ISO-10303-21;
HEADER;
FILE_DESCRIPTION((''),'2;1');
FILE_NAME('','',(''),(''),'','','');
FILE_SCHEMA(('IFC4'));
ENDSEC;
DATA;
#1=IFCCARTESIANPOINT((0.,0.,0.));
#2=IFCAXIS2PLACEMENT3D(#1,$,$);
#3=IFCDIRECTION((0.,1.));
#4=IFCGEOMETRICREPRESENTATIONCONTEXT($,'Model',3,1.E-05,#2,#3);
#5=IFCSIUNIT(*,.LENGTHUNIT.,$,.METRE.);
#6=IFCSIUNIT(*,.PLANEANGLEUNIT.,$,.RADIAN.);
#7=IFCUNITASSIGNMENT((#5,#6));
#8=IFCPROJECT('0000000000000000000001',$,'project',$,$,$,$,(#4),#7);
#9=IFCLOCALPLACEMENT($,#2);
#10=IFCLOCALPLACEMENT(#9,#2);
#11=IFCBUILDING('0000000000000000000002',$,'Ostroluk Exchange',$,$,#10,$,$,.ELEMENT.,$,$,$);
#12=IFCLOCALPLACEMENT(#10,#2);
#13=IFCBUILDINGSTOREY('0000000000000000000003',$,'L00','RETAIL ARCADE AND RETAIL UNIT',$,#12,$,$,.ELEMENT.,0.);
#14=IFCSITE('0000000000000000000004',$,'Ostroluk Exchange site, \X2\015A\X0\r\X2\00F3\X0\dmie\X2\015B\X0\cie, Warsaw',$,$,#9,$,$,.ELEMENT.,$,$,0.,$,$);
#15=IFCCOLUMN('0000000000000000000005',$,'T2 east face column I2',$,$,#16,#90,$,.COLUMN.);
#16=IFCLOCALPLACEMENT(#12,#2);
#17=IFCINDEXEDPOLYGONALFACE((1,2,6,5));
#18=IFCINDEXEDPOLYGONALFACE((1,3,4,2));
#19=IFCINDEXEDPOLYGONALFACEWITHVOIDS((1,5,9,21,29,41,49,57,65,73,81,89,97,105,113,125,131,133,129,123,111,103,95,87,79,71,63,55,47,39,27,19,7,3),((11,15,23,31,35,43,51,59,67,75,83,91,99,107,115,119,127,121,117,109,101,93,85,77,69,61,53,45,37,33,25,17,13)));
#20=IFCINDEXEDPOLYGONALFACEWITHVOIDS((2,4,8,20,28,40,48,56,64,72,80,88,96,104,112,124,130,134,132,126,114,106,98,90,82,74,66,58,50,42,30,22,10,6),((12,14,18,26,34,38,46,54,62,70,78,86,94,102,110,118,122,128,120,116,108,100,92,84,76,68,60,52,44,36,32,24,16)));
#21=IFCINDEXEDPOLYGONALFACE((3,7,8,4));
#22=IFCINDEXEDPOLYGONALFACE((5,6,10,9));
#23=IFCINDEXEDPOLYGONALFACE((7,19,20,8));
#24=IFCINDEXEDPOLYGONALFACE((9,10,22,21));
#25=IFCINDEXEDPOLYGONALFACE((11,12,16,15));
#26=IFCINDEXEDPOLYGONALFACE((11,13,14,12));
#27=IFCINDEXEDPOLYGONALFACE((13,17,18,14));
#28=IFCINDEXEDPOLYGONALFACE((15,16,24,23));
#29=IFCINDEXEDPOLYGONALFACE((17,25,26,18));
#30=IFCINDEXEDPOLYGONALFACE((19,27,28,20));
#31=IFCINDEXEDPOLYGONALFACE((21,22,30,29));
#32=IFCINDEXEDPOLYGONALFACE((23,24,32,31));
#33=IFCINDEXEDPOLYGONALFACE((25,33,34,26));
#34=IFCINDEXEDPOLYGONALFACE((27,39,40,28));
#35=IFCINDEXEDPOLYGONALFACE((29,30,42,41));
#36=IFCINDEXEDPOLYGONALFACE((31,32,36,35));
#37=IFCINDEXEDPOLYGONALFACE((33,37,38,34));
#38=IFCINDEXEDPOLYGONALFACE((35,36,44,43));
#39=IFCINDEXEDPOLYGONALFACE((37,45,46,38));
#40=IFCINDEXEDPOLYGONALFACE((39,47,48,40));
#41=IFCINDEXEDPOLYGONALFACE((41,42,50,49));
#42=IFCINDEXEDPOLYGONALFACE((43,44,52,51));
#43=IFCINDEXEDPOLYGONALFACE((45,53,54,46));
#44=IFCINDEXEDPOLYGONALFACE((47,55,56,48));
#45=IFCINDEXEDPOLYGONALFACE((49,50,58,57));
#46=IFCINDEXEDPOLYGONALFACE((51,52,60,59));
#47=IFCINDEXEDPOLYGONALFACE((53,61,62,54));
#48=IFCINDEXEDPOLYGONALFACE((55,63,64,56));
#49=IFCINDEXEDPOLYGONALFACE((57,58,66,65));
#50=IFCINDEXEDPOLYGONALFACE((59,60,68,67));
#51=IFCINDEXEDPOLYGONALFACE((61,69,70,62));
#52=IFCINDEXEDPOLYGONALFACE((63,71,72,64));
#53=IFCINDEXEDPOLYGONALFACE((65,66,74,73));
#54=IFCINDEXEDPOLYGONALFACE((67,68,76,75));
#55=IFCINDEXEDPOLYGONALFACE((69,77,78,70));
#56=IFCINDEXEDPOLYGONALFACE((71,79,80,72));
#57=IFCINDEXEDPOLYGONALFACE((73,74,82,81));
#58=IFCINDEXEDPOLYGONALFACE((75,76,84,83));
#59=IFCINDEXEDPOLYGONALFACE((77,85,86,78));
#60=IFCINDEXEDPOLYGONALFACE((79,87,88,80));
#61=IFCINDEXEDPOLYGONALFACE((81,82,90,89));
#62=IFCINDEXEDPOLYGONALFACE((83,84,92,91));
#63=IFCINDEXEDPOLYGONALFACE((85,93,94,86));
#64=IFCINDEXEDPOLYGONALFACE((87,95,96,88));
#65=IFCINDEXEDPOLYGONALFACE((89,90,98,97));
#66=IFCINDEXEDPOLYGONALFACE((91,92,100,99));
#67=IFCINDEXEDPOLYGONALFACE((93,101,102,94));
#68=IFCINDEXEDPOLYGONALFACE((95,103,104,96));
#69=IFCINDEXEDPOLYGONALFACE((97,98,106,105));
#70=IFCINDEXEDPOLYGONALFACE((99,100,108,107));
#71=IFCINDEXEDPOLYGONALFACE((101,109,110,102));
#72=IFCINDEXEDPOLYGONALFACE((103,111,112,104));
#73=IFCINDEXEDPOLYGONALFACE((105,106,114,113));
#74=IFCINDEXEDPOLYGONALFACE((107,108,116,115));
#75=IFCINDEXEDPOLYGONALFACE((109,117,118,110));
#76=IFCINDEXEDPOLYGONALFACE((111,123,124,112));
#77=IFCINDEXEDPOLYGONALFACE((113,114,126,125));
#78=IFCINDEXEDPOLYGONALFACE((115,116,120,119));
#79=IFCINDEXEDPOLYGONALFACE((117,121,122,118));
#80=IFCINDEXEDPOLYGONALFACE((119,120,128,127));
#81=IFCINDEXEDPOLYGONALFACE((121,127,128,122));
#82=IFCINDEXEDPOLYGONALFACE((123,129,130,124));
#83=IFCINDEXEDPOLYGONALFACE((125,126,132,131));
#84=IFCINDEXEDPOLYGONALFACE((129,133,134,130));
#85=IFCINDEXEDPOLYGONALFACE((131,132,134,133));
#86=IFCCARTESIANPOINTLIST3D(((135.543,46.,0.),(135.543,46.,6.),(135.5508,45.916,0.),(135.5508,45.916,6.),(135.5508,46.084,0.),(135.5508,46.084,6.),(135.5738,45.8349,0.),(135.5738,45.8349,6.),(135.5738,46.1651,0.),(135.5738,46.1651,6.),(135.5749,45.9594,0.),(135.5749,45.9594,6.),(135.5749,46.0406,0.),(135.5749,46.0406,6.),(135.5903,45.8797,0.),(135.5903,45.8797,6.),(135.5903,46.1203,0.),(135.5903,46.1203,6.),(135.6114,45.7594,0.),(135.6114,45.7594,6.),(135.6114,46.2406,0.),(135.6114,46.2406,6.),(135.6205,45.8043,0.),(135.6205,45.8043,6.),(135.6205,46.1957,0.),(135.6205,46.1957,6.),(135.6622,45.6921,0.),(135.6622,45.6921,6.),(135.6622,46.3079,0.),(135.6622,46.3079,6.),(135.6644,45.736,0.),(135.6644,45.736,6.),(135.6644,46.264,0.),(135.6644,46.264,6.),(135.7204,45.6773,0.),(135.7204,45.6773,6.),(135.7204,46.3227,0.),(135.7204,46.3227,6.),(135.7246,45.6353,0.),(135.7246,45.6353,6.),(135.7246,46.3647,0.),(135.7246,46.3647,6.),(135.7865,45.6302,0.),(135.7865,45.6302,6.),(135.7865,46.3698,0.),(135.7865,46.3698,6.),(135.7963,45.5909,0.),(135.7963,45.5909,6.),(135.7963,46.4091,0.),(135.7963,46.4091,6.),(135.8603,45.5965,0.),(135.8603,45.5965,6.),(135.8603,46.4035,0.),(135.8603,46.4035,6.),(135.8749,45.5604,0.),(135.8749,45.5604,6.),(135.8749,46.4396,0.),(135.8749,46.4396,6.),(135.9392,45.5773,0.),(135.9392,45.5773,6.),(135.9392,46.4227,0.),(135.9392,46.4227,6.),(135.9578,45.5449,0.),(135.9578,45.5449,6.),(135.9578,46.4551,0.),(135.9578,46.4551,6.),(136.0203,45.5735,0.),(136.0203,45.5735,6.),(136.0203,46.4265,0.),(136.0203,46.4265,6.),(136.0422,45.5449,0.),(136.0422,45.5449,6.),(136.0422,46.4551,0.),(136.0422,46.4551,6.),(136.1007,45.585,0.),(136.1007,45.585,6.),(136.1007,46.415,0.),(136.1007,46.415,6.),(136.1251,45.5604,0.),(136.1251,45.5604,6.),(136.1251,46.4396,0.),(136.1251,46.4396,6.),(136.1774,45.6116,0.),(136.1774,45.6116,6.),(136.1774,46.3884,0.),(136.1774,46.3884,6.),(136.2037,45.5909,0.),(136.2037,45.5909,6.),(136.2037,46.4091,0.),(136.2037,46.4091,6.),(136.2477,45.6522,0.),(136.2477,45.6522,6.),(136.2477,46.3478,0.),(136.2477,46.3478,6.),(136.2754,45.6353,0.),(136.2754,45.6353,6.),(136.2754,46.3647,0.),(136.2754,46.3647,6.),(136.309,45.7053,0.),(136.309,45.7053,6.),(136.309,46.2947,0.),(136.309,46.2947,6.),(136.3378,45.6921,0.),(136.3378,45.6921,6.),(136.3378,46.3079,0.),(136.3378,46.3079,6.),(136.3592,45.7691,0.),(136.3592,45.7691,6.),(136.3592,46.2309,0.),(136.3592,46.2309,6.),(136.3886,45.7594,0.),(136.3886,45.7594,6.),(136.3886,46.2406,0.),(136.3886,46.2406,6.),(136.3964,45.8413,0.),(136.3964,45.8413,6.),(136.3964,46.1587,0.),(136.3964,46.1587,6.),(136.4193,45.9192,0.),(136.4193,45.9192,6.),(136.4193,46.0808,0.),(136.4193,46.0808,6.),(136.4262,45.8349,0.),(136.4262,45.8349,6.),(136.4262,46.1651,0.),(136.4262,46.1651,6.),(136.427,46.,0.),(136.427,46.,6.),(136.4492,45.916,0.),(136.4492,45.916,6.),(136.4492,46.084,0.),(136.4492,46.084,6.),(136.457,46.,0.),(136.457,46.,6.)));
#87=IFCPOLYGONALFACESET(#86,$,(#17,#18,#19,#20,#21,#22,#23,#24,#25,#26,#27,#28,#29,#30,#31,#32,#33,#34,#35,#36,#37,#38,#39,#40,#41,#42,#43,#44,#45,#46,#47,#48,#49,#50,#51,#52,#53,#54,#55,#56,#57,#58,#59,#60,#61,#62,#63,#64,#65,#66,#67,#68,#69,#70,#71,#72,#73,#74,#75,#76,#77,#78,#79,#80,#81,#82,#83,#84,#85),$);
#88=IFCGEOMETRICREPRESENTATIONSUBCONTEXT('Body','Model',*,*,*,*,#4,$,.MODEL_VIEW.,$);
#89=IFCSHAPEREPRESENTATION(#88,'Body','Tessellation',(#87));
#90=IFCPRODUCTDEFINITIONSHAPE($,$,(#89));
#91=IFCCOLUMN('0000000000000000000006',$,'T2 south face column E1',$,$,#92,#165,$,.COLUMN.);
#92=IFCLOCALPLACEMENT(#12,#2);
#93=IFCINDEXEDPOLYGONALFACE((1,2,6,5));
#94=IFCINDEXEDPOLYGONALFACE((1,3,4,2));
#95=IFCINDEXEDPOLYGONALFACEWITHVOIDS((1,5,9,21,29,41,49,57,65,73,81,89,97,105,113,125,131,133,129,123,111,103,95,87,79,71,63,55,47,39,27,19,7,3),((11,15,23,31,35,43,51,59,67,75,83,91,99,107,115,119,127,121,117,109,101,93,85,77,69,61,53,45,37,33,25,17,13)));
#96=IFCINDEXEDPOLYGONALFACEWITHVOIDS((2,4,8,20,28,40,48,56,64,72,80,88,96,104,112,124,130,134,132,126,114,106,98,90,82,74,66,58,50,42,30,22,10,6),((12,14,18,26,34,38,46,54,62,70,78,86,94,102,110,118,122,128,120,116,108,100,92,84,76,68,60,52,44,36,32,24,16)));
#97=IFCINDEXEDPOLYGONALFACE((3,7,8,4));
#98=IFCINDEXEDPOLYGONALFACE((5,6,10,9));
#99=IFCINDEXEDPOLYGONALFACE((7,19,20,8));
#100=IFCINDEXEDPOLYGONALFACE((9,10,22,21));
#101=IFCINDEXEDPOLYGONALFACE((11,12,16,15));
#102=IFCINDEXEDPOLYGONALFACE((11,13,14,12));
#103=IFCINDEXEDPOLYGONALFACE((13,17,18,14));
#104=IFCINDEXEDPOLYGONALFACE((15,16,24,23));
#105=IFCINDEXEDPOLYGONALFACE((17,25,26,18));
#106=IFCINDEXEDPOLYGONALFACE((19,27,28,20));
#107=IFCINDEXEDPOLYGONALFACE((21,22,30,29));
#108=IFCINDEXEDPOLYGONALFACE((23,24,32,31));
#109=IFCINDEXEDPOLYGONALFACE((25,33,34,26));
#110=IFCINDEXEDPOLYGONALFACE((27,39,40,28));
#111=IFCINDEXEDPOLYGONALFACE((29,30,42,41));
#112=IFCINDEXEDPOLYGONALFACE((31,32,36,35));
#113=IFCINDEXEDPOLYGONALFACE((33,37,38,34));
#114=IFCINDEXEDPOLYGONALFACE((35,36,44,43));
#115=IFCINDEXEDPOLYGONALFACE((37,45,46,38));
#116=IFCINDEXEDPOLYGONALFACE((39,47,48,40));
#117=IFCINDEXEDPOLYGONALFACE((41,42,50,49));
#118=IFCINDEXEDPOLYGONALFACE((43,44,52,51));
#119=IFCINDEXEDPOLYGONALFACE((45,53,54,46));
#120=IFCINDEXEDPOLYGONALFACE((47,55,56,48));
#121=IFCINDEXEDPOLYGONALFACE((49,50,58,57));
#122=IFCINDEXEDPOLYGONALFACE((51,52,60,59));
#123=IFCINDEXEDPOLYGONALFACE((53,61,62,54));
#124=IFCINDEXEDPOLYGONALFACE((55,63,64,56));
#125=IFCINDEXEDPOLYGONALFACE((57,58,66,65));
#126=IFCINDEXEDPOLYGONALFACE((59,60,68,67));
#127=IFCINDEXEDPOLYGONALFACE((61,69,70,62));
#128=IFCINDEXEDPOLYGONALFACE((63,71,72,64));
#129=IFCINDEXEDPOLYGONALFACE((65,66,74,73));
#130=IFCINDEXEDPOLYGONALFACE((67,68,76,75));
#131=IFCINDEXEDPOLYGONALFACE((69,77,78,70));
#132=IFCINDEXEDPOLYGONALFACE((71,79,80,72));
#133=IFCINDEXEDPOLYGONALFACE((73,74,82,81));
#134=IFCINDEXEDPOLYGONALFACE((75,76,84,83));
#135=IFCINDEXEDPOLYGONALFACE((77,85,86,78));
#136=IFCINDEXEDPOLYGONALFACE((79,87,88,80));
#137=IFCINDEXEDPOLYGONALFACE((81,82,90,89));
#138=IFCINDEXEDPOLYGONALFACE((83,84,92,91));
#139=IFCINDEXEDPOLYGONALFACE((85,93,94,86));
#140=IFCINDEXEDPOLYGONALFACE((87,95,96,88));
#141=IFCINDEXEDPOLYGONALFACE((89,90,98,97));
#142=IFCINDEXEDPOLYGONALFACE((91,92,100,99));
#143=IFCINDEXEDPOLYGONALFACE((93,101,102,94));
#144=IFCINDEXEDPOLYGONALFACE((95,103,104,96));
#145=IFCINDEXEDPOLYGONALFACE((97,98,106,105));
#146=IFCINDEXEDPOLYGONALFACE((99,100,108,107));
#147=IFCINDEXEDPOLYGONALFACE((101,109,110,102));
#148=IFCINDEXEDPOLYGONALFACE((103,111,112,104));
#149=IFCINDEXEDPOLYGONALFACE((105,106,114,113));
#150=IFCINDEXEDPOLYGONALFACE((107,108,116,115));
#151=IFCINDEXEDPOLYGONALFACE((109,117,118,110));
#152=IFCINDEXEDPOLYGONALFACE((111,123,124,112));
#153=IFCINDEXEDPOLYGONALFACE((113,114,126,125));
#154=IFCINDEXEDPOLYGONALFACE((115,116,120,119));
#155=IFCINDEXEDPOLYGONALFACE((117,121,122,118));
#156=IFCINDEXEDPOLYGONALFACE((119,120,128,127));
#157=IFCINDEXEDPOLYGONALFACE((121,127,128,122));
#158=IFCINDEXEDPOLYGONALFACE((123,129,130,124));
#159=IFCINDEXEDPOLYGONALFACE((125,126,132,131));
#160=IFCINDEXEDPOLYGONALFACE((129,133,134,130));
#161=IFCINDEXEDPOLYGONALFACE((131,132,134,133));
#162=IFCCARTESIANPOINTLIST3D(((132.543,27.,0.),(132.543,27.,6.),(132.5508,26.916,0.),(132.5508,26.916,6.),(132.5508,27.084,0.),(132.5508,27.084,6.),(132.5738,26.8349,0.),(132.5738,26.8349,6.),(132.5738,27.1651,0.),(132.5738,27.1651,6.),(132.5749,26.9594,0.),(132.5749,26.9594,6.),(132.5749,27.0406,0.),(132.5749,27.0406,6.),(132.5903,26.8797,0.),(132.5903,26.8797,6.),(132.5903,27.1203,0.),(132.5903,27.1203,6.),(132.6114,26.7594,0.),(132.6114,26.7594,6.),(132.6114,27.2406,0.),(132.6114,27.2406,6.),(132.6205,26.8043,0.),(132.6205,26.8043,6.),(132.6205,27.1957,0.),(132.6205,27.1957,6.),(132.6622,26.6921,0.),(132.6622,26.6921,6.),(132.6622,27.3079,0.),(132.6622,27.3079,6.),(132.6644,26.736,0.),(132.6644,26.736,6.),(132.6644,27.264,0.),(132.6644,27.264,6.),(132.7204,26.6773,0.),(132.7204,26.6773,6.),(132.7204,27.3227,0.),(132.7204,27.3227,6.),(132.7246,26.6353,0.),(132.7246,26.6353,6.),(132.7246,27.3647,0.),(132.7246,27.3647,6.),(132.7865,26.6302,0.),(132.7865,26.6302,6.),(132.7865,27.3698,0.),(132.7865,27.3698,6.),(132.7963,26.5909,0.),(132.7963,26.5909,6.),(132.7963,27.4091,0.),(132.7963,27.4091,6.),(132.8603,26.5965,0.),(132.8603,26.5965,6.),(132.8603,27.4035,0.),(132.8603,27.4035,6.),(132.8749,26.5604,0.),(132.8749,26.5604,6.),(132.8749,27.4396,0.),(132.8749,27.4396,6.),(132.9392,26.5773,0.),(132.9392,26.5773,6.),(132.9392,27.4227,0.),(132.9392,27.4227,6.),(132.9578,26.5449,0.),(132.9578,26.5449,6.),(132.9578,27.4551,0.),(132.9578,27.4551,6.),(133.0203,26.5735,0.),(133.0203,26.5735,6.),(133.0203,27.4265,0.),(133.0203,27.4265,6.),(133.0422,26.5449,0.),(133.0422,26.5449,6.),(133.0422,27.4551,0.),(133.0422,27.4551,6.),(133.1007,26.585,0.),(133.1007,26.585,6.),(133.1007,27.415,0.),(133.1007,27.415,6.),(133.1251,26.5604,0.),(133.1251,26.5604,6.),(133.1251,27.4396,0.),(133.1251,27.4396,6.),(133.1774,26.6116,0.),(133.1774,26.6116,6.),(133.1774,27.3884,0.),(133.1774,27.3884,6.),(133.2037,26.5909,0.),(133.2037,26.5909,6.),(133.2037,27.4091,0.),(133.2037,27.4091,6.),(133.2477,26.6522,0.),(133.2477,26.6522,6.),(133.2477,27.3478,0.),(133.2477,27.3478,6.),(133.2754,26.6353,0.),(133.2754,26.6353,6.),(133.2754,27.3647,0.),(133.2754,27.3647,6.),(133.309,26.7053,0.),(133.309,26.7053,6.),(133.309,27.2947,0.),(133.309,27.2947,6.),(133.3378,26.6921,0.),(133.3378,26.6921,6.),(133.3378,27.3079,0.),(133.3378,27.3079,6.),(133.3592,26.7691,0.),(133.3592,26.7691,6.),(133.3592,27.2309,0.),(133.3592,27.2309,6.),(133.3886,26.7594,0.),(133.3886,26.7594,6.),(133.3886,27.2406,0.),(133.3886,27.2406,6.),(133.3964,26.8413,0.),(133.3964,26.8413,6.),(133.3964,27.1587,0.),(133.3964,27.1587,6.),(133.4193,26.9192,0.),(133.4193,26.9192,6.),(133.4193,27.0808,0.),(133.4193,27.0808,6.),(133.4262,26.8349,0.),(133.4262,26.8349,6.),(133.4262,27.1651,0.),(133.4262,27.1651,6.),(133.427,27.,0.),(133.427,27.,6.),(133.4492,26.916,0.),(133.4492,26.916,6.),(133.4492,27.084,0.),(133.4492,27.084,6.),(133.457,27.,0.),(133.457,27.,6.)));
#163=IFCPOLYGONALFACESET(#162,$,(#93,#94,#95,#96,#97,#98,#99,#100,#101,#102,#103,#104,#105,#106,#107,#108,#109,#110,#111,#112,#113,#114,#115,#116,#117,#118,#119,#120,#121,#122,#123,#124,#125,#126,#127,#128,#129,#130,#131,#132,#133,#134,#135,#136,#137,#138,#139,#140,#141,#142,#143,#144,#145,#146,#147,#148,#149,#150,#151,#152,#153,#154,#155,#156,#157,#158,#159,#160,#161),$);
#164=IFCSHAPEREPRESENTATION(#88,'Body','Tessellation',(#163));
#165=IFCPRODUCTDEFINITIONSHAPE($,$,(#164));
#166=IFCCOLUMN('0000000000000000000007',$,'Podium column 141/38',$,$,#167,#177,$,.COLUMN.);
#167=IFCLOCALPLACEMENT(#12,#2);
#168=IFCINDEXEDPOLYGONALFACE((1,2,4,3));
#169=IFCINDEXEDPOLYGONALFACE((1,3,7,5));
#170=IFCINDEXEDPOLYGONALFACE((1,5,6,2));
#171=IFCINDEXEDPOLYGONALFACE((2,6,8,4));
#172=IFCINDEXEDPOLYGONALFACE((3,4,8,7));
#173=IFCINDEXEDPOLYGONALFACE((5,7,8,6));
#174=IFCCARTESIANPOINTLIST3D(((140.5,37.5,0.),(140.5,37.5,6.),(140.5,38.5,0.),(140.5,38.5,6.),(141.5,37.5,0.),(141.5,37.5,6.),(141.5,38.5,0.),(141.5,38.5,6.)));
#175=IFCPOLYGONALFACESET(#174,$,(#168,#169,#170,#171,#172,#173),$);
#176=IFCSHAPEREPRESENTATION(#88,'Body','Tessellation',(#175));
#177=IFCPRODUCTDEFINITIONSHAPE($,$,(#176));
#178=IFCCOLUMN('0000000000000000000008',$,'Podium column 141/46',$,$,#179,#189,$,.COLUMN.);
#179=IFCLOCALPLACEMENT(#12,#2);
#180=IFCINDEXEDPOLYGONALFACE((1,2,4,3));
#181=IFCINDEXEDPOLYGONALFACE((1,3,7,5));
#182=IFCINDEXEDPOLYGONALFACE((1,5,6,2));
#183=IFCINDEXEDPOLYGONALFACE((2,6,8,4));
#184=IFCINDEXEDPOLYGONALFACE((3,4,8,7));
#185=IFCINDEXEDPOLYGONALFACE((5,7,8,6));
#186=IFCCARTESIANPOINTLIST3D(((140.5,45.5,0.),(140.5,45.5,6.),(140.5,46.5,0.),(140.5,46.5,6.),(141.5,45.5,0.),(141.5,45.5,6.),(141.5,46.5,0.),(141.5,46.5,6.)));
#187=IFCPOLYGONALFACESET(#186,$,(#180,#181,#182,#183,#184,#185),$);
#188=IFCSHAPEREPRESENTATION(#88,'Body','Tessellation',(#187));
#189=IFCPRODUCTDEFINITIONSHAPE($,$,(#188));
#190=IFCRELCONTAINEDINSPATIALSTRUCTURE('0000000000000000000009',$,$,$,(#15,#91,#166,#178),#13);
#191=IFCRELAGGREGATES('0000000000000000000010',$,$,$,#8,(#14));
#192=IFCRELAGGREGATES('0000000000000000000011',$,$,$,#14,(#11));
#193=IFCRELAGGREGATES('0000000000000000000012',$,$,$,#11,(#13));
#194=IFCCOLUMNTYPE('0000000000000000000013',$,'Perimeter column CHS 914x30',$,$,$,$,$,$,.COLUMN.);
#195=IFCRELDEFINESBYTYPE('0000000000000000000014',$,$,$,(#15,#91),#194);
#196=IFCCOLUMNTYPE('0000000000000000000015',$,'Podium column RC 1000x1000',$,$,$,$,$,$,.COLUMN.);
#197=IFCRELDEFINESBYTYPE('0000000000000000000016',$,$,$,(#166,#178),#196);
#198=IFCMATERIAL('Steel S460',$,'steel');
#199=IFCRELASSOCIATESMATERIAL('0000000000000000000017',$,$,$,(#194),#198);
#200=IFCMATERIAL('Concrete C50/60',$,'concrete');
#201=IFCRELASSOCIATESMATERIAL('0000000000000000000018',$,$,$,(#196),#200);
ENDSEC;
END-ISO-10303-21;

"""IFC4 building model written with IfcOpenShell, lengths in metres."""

from ifc_helpers import new_model, si_unit, direction, frame, origin, origin_2d, place, context, subcontext, project, spatial, rectangle, hollow_circle, extrude, material, material_profile, profile_set, type_object, element, save


model = new_model("IFC4")

# Units and contexts
model_context = context("Model", 3, precision=1e-05, world=origin(), true_north=direction((0.0, 1.0)))
body_context = subcontext(model_context, "Body", "Model", "MODEL_VIEW")
ifc_project = project(units=[si_unit("LENGTHUNIT", "METRE"), si_unit("PLANEANGLEUNIT", "RADIAN")], contexts=[model_context])

# Site, building, storey
site_placement = place(None, origin())
site = spatial("IfcSite", under=ifc_project, at=site_placement, Name="Ostroluk Exchange site, Śródmieście, Warsaw", CompositionType="ELEMENT", RefElevation=0.0)
building_placement = place(site_placement, origin())
building = spatial("IfcBuilding", under=site, at=building_placement, Name="Ostroluk Exchange", CompositionType="ELEMENT")
storey_placement = place(building_placement, origin())
storey = spatial("IfcBuildingStorey", under=building, at=storey_placement, Name="L00", Description="RETAIL ARCADE AND RETAIL UNIT", CompositionType="ELEMENT", Elevation=0.0)

# Columns
ifc_material_1 = material(Name="Steel S460", Category="steel")
ifc_material_profile_1 = material_profile(ifc_material_1, hollow_circle(Radius=0.457, WallThickness=0.03, at=origin_2d()), Name="CHS 914x30")
ifc_profile_set_1 = profile_set([ifc_material_profile_1], Name="Steel S460")
column_type_1 = type_object("IfcColumnType", Name="Perimeter column CHS 914x30", PredefinedType="COLUMN", material=ifc_profile_set_1)
for number, where, z_axis, x_axis, name in (
    (1, (136.0, 46.0, 0.0), (0.0, 0.0, 1.0), (1.0, 0.0, 0.0), "T2 east face column I2"),
    (2, (133.0, 27.0, 0.0), (0.0, 0.0, 1.0), (1.0, 0.0, 0.0), "T2 south face column E1"),
):
    element("IfcColumn", number, at=place(storey_placement, frame(where, z_axis=z_axis, x_axis=x_axis)), inside=storey, type_object=column_type_1, Name=name, PredefinedType="COLUMN", context=body_context, shape_type="SweptSolid", body=[
        extrude(hollow_circle(Radius=0.457, WallThickness=0.03, at=origin_2d()), origin(), (0.0, 0.0, 1.0), 6.0),
    ])
ifc_material_2 = material(Name="Concrete C50/60", Category="concrete")
ifc_material_profile_2 = material_profile(ifc_material_2, rectangle(XDim=1.0, YDim=1.0, at=origin_2d()), Name="RC 1000x1000")
ifc_profile_set_2 = profile_set([ifc_material_profile_2], Name="Concrete C50/60")
column_type_2 = type_object("IfcColumnType", Name="Podium column RC 1000x1000", PredefinedType="COLUMN", material=ifc_profile_set_2)
for number, where, z_axis, x_axis, name in (
    (3, (141.0, 38.0, 0.0), (0.0, 0.0, 1.0), (1.0, 0.0, 0.0), "Podium column 141/38"),
    (4, (141.0, 46.0, 0.0), (0.0, 0.0, 1.0), (1.0, 0.0, 0.0), "Podium column 141/46"),
):
    element("IfcColumn", number, at=place(storey_placement, frame(where, z_axis=z_axis, x_axis=x_axis)), inside=storey, type_object=column_type_2, Name=name, PredefinedType="COLUMN", context=body_context, shape_type="SweptSolid", body=[
        extrude(rectangle(XDim=1.0, YDim=1.0, at=origin_2d()), origin(), (0.0, 0.0, 1.0), 6.0),
    ])

save(model, "model.ifc")
